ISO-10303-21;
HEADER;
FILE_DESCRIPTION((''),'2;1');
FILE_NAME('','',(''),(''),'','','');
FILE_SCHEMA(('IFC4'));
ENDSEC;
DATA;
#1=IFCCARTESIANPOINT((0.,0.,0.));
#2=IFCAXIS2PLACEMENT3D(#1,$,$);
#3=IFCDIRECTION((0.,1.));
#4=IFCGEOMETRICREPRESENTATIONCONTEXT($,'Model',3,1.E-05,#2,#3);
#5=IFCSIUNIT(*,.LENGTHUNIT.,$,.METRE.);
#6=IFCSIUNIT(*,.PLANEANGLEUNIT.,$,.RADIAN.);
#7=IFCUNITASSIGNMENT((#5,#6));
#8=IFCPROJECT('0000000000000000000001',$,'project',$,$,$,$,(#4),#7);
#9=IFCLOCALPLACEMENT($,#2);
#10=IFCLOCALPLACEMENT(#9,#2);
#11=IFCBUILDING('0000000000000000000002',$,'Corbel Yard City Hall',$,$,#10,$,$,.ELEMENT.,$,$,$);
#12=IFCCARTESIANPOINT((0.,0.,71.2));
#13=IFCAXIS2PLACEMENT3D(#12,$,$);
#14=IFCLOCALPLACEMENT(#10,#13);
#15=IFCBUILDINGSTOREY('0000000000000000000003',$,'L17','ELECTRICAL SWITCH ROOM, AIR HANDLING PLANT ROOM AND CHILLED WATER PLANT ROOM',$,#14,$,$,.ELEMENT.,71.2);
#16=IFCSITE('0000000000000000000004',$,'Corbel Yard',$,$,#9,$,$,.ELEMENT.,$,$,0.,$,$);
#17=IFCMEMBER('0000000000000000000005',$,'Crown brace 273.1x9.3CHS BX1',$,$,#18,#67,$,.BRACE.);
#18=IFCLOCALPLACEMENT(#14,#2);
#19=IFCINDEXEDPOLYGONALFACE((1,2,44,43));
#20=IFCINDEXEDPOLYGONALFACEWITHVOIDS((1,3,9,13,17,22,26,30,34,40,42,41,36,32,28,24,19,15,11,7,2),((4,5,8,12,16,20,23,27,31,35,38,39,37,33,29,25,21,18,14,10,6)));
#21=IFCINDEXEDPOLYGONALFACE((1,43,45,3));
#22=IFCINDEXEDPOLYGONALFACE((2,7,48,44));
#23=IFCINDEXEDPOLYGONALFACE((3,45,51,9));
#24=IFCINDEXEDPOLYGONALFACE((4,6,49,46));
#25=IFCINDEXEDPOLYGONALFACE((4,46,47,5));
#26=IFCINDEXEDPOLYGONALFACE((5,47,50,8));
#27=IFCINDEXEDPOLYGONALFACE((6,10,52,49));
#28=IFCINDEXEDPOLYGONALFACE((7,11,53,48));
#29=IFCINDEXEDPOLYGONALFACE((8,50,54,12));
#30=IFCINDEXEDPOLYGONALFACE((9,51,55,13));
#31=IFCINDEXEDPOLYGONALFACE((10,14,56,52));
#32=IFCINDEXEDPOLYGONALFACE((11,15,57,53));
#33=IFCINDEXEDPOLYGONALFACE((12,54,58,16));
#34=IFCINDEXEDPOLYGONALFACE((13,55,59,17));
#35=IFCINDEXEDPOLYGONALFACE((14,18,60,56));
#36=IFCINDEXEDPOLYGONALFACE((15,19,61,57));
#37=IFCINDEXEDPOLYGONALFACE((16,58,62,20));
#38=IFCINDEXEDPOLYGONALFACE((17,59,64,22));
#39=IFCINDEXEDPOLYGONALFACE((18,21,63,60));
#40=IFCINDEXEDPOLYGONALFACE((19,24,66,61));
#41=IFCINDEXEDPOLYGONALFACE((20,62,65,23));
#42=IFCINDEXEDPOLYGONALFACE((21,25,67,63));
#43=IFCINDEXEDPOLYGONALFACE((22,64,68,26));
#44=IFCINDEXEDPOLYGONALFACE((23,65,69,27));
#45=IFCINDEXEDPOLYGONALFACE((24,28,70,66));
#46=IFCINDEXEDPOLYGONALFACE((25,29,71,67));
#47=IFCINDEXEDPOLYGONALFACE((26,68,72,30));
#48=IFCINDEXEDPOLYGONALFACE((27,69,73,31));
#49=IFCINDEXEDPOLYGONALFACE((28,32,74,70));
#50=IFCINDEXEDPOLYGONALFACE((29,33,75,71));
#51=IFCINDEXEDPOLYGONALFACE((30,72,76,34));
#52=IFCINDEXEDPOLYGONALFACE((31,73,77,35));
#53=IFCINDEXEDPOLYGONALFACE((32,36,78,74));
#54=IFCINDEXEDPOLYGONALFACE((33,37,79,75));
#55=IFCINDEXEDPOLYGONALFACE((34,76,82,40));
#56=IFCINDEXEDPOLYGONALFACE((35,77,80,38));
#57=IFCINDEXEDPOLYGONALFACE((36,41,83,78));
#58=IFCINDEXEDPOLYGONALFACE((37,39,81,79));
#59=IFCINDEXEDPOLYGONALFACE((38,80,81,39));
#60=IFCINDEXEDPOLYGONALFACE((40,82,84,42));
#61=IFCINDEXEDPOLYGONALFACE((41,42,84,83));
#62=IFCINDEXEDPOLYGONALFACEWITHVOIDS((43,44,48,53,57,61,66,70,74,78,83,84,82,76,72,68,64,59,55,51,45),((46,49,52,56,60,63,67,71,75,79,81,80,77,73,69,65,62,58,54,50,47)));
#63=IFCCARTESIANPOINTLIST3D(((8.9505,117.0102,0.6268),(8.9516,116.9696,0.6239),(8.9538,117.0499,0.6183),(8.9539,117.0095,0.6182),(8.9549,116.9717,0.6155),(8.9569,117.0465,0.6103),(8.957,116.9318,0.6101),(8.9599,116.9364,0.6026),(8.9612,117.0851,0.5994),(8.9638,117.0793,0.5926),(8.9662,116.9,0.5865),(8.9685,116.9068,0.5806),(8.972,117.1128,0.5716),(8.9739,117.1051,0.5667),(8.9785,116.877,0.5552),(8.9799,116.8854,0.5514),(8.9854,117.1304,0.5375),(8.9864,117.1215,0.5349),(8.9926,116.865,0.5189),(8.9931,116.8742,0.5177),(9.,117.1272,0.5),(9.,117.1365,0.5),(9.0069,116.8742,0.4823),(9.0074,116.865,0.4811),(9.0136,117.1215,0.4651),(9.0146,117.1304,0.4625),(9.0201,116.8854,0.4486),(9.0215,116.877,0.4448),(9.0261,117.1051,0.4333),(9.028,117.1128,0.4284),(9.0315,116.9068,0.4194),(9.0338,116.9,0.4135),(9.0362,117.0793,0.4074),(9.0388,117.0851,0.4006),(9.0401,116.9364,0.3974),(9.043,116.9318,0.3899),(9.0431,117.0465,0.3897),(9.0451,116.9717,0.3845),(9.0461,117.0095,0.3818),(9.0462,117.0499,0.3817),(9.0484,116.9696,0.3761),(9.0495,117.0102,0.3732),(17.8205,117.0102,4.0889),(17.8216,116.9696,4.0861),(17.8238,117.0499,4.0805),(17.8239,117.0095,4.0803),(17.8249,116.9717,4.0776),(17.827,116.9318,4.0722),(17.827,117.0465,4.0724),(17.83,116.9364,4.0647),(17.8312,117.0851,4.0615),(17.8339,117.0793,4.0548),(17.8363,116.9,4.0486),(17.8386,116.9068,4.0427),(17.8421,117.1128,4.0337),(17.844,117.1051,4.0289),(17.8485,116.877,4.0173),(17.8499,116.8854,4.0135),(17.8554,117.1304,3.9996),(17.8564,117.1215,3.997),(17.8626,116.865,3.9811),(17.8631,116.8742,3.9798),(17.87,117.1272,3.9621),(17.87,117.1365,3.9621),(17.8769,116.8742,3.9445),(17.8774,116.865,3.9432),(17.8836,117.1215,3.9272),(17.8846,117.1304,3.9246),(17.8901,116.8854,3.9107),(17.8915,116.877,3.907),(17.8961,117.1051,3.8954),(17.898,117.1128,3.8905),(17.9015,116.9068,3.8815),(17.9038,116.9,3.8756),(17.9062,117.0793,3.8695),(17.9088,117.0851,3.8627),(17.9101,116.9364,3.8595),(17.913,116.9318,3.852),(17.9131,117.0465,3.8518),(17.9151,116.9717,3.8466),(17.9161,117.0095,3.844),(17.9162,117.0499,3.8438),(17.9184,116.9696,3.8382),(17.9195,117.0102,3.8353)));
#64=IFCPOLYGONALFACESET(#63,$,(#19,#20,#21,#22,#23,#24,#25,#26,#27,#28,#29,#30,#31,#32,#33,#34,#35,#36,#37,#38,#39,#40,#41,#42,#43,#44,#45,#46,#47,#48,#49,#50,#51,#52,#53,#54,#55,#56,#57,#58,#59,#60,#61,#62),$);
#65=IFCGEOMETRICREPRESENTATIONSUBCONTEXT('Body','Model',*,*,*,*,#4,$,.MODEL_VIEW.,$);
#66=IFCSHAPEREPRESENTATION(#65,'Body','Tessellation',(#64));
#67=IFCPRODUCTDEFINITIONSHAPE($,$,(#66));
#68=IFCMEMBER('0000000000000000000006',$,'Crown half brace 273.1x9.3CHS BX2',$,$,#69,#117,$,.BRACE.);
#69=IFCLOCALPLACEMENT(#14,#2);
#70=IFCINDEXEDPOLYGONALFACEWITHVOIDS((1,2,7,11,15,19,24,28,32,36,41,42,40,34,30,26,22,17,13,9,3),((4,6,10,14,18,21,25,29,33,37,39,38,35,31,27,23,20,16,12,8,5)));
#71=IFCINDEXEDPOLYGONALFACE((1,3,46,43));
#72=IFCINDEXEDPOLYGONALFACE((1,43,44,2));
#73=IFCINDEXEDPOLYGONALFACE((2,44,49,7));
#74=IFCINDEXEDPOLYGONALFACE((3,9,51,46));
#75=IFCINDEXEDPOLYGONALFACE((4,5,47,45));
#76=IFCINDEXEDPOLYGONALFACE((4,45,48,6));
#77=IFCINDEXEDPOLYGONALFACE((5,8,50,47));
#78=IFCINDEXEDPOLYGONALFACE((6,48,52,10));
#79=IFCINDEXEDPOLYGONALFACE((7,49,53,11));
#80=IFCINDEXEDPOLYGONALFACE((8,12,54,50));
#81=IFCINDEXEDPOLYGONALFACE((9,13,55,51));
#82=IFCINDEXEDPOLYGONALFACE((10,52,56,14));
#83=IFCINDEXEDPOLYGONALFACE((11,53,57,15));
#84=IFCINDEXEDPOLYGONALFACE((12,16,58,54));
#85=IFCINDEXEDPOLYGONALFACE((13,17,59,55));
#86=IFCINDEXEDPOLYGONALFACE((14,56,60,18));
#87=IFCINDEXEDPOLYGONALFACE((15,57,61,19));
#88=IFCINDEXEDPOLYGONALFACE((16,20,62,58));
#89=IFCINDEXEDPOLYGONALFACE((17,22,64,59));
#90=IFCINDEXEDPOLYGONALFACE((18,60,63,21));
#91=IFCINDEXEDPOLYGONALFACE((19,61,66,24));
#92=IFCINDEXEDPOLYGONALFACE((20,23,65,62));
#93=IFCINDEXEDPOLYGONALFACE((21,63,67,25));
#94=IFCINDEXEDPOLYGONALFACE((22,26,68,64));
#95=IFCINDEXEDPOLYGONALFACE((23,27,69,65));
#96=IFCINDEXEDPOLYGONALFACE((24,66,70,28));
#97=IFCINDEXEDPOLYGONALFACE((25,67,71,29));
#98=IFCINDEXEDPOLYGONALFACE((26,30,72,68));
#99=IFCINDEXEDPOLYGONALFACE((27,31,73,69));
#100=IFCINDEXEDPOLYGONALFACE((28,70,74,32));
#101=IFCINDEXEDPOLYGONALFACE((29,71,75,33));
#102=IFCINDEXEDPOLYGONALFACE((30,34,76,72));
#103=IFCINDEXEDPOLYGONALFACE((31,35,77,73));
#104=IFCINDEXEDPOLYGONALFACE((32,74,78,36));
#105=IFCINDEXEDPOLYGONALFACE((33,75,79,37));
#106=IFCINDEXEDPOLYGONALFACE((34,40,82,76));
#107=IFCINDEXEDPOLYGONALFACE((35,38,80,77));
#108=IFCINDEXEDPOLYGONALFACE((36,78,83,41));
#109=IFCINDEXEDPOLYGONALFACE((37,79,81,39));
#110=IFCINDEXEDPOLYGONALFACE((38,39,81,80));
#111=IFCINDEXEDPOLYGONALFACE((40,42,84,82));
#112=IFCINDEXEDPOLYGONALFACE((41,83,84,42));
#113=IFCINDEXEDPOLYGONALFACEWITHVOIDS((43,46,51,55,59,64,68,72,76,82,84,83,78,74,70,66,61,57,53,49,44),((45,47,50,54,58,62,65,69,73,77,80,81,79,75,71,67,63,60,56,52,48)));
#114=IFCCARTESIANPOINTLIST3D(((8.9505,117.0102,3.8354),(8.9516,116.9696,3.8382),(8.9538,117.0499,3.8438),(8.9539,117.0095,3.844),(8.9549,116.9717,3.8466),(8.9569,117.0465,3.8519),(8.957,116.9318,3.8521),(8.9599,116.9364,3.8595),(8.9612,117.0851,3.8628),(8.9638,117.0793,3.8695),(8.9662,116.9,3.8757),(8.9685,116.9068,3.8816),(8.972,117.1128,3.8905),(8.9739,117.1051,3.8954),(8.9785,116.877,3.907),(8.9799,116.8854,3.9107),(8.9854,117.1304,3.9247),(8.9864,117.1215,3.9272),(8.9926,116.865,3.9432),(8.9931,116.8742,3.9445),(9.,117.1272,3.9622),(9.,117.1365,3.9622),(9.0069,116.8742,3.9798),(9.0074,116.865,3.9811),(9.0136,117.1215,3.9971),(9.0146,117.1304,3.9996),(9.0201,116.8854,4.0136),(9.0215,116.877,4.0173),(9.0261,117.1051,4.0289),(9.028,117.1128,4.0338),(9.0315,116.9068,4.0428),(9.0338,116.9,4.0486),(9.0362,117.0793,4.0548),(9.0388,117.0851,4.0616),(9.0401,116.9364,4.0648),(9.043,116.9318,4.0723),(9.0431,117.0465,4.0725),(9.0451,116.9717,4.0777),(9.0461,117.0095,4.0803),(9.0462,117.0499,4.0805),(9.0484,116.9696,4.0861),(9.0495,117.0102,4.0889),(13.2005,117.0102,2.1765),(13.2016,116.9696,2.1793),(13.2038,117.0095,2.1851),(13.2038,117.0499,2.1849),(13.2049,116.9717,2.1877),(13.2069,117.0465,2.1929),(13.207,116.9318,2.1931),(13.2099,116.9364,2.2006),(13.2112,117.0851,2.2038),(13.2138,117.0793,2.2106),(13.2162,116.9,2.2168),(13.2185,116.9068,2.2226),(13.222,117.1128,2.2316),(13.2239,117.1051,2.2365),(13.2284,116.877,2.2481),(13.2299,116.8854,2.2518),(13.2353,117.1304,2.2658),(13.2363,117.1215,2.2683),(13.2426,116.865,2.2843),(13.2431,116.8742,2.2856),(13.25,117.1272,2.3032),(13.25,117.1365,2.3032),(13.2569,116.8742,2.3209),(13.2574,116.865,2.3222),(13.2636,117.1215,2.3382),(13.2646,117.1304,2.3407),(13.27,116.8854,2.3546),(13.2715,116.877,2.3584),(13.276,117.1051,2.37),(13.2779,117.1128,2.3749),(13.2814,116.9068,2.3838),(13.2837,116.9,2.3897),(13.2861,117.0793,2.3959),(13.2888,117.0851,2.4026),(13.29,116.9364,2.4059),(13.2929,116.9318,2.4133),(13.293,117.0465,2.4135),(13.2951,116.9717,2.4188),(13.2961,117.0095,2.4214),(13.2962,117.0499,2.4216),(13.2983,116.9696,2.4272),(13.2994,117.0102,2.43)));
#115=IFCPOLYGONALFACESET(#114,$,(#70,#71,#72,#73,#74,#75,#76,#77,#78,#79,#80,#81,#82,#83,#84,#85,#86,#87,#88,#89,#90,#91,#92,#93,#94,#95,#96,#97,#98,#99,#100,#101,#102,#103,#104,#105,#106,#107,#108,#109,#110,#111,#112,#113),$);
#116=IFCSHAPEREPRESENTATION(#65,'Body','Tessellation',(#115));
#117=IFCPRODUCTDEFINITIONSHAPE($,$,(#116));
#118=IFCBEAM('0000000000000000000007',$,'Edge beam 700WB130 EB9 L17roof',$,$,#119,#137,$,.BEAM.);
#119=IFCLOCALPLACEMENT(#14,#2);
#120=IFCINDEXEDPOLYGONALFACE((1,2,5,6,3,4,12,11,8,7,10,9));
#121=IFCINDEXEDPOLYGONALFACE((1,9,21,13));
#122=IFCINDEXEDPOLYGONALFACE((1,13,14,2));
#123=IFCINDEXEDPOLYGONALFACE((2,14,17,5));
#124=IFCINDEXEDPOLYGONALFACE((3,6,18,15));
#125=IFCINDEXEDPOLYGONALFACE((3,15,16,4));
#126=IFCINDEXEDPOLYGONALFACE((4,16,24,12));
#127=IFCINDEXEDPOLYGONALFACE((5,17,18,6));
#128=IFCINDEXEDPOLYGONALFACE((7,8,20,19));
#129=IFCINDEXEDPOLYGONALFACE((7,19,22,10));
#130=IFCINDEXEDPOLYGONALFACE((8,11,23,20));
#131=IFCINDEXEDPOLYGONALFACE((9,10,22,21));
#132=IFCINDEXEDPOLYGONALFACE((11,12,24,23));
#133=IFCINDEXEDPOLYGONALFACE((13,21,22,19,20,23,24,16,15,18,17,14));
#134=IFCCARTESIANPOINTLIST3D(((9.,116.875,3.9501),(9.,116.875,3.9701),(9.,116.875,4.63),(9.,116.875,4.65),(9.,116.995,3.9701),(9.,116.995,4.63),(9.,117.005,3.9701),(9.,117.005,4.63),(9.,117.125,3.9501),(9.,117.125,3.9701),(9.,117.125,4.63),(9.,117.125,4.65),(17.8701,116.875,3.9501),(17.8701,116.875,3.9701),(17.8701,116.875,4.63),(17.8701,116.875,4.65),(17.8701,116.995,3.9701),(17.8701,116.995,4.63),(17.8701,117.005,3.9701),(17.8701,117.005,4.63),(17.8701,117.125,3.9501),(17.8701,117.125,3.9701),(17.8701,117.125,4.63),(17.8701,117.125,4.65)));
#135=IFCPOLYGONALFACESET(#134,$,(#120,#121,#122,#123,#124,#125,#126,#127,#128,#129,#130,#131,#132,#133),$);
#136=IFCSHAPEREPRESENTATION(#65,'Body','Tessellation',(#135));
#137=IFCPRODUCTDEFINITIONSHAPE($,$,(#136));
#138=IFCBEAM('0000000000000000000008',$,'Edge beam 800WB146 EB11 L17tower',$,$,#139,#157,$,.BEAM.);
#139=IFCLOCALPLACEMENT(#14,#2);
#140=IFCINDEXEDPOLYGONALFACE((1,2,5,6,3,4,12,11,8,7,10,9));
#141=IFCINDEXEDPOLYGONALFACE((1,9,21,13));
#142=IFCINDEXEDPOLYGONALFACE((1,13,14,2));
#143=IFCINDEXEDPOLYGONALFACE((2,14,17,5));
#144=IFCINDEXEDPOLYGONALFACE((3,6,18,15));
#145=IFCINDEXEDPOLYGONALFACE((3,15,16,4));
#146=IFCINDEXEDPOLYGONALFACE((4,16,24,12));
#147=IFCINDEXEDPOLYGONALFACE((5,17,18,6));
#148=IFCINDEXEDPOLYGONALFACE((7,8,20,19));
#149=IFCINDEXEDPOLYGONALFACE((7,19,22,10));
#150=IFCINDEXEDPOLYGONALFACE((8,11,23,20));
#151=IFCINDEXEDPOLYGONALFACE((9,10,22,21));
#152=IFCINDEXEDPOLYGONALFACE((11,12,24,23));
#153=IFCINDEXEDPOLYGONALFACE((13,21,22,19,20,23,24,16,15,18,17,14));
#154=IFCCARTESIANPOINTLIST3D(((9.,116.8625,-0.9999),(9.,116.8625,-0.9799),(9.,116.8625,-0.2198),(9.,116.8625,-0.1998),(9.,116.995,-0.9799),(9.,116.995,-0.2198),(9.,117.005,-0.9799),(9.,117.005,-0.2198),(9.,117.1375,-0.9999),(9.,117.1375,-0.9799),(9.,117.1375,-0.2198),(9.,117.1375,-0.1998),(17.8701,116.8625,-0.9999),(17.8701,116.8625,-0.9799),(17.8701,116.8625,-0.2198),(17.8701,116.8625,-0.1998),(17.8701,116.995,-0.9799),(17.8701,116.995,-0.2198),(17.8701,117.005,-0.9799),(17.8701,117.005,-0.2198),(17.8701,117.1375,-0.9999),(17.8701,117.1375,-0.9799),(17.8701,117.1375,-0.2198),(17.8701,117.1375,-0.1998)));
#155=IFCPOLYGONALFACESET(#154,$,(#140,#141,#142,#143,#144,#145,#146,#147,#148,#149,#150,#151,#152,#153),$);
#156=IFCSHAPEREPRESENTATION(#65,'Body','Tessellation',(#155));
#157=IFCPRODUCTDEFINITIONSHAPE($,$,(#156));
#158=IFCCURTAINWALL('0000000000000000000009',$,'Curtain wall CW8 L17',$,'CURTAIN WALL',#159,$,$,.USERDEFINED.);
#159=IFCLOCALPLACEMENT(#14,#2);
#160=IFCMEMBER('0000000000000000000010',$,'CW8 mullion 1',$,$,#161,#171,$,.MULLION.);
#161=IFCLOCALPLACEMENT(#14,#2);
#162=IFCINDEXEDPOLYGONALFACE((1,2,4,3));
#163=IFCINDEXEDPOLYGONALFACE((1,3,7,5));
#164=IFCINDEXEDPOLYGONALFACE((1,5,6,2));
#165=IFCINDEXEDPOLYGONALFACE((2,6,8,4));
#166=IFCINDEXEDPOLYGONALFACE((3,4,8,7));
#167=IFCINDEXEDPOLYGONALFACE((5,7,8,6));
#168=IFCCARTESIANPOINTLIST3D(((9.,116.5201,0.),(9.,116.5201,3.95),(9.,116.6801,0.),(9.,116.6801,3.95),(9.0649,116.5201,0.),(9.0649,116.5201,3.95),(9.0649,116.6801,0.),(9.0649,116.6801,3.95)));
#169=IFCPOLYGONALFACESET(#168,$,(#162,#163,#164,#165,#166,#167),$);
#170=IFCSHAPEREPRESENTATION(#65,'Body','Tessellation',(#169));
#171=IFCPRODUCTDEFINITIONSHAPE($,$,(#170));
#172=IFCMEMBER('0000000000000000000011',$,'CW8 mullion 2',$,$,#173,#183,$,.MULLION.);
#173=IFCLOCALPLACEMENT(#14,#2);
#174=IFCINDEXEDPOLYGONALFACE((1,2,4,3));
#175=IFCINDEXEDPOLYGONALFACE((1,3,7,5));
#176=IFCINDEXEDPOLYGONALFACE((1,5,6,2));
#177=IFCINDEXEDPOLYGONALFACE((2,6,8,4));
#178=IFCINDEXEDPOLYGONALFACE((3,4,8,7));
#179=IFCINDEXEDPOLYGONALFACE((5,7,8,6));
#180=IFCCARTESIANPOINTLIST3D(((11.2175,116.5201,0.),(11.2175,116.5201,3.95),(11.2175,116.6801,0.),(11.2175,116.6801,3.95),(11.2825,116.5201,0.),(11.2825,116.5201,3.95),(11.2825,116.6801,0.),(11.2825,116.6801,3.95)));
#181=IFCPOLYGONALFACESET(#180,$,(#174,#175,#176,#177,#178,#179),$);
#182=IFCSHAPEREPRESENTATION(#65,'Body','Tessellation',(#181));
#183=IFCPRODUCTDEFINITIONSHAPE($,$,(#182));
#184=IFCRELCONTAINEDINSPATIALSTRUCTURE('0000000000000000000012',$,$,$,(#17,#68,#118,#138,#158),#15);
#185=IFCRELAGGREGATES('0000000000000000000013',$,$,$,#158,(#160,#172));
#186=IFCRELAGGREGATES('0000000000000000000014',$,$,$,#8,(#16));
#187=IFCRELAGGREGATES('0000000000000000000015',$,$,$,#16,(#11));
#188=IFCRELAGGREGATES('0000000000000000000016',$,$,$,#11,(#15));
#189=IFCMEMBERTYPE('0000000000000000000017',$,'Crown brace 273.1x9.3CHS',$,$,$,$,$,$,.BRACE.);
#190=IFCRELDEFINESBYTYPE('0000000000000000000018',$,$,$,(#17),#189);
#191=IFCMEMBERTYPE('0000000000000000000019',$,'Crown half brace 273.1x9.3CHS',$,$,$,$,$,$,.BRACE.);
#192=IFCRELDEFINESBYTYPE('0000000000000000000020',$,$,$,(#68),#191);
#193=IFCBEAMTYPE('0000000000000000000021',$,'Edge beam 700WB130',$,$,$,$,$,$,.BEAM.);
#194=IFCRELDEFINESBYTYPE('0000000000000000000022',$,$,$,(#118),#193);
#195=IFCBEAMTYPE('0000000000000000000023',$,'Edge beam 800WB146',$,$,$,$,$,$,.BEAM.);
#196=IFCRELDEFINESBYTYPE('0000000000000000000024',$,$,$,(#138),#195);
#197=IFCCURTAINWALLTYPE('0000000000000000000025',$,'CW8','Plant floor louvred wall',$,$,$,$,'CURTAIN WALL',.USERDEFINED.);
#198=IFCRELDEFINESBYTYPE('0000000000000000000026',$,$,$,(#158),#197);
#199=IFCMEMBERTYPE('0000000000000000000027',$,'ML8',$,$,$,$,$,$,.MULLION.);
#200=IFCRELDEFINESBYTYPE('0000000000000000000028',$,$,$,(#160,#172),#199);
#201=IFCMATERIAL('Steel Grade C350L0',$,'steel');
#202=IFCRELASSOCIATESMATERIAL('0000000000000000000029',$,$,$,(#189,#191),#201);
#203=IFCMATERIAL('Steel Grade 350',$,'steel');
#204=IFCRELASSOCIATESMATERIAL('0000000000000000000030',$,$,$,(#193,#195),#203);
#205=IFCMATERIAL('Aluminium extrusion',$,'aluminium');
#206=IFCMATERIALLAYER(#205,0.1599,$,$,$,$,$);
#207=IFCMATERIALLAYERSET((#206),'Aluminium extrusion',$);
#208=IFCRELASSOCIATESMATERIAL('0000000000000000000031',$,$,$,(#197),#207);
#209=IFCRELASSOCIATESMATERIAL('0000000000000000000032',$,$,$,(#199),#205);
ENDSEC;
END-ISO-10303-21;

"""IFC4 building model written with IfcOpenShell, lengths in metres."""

from ifc_helpers import new_model, si_unit, direction, frame, origin, origin_2d, place, context, subcontext, project, spatial, rectangle, hollow_circle, i_section, extrude, material, layer, layer_set, material_profile, profile_set, type_object, element, aggregate, save


model = new_model("IFC4")

# Units and contexts
model_context = context("Model", 3, precision=1e-05, world=origin(), true_north=direction((0.0, 1.0)))
body_context = subcontext(model_context, "Body", "Model", "MODEL_VIEW")
ifc_project = project(units=[si_unit("LENGTHUNIT", "METRE"), si_unit("PLANEANGLEUNIT", "RADIAN")], contexts=[model_context])

# Site, building, storey
site_placement = place(None, origin())
site = spatial("IfcSite", under=ifc_project, at=site_placement, Name="Corbel Yard", CompositionType="ELEMENT", RefElevation=0.0)
building_placement = place(site_placement, origin())
building = spatial("IfcBuilding", under=site, at=building_placement, Name="Corbel Yard City Hall", CompositionType="ELEMENT")
storey_placement = place(building_placement, frame((0.0, 0.0, 71.2)))
storey = spatial("IfcBuildingStorey", under=building, at=storey_placement, Name="L17", Description="ELECTRICAL SWITCH ROOM, AIR HANDLING PLANT ROOM AND CHILLED WATER PLANT ROOM", CompositionType="ELEMENT", Elevation=71.2)

# Members
ifc_material_1 = material(Name="Steel Grade C350L0", Category="steel")
ifc_material_profile_1 = material_profile(ifc_material_1, hollow_circle(Radius=0.1365, WallThickness=0.0093, at=origin_2d()), Name="273.1x9.3CHS")
ifc_profile_set_1 = profile_set([ifc_material_profile_1], Name="Steel Grade C350L0")
member_type_1 = type_object("IfcMemberType", Name="Crown brace 273.1x9.3CHS", PredefinedType="BRACE", material=ifc_profile_set_1)
member_1_placement = place(storey_placement, frame((9.0, 117.0, 0.5), z_axis=(0.931555, 0.0, 0.363602), x_axis=(0.0, 1.0, 0.0)))
element("IfcMember", 1, at=member_1_placement, inside=storey, type_object=member_type_1, Name="Crown brace 273.1x9.3CHS BX1", PredefinedType="BRACE", context=body_context, shape_type="SweptSolid", body=[
    extrude(hollow_circle(Radius=0.1365, WallThickness=0.0093, at=origin_2d()), origin(), (0.0, 0.0, 1.0), 9.5217),
])
ifc_material_profile_2 = material_profile(ifc_material_1, hollow_circle(Radius=0.1365, WallThickness=0.0093, at=origin_2d()), Name="273.1x9.3CHS")
ifc_profile_set_2 = profile_set([ifc_material_profile_2], Name="Steel Grade C350L0")
member_type_2 = type_object("IfcMemberType", Name="Crown half brace 273.1x9.3CHS", PredefinedType="BRACE", material=ifc_profile_set_2)
member_2_placement = place(storey_placement, frame((9.0, 117.0, 3.9622), z_axis=(0.931548, 0.0, -0.363618), x_axis=(0.0, 1.0, 0.0)))
element("IfcMember", 2, at=member_2_placement, inside=storey, type_object=member_type_2, Name="Crown half brace 273.1x9.3CHS BX2", PredefinedType="BRACE", context=body_context, shape_type="SweptSolid", body=[
    extrude(hollow_circle(Radius=0.1365, WallThickness=0.0093, at=origin_2d()), origin(), (0.0, 0.0, 1.0), 4.5623),
])

# Beams
ifc_material_2 = material(Name="Steel Grade 350", Category="steel")
ifc_material_profile_3 = material_profile(ifc_material_2, i_section(OverallWidth=0.25, OverallDepth=0.7, WebThickness=0.01, FlangeThickness=0.02, at=origin_2d()), Name="700WB130")
ifc_profile_set_3 = profile_set([ifc_material_profile_3], Name="Steel Grade 350")
beam_type_1 = type_object("IfcBeamType", Name="Edge beam 700WB130", PredefinedType="BEAM", material=ifc_profile_set_3)
beam_1_placement = place(storey_placement, frame((9.0, 117.0, 4.3), z_axis=(1.0, 0.0, 0.0), x_axis=(0.0, 1.0, 0.0)))
element("IfcBeam", 3, at=beam_1_placement, inside=storey, type_object=beam_type_1, Name="Edge beam 700WB130 EB9 L17roof", PredefinedType="BEAM", context=body_context, shape_type="SweptSolid", body=[
    extrude(i_section(OverallWidth=0.25, OverallDepth=0.7, WebThickness=0.01, FlangeThickness=0.02, at=origin_2d()), origin(), (0.0, 0.0, 1.0), 8.8701),
])
ifc_material_profile_4 = material_profile(ifc_material_2, i_section(OverallWidth=0.2749, OverallDepth=0.8, WebThickness=0.01, FlangeThickness=0.02, at=origin_2d()), Name="800WB146")
ifc_profile_set_4 = profile_set([ifc_material_profile_4], Name="Steel Grade 350")
beam_type_2 = type_object("IfcBeamType", Name="Edge beam 800WB146", PredefinedType="BEAM", material=ifc_profile_set_4)
beam_2_placement = place(storey_placement, frame((9.0, 117.0, -0.5999), z_axis=(1.0, 0.0, 0.0), x_axis=(0.0, 1.0, 0.0)))
element("IfcBeam", 4, at=beam_2_placement, inside=storey, type_object=beam_type_2, Name="Edge beam 800WB146 EB11 L17tower", PredefinedType="BEAM", context=body_context, shape_type="SweptSolid", body=[
    extrude(i_section(OverallWidth=0.2749, OverallDepth=0.8, WebThickness=0.01, FlangeThickness=0.02, at=origin_2d()), origin(), (0.0, 0.0, 1.0), 8.8701),
])

# Curtain wall, members
ifc_material_3 = material(Name="Aluminium extrusion", Category="aluminium")
ifc_layer_1 = layer(ifc_material_3, 0.1599)
ifc_layer_set_1 = layer_set([ifc_layer_1], Name="Aluminium extrusion")
curtain_wall_type = type_object("IfcCurtainWallType", Name="CW8", Description="Plant floor louvred wall", ElementType="CURTAIN WALL", PredefinedType="USERDEFINED", material=ifc_layer_set_1)
curtain_wall_1_placement = place(storey_placement, origin())
curtain_wall_1 = element("IfcCurtainWall", 5, at=curtain_wall_1_placement, inside=storey, type_object=curtain_wall_type, Name="Curtain wall CW8 L17", ObjectType="CURTAIN WALL", PredefinedType="USERDEFINED")
ifc_material_profile_5 = material_profile(ifc_material_3, rectangle(XDim=0.1599, YDim=0.0649, at=origin_2d()), Name="160x65")
ifc_profile_set_5 = profile_set([ifc_material_profile_5], Name="Aluminium extrusion")
member_type_3 = type_object("IfcMemberType", Name="ML8", PredefinedType="MULLION", material=ifc_profile_set_5)
member_3_placement = place(storey_placement, frame((9.0325, 116.6001, 0.0), z_axis=(0.0, 0.0, 1.0), x_axis=(0.0, 1.0, 0.0)))
member_3 = element("IfcMember", 6, at=member_3_placement, type_object=member_type_3, Name="CW8 mullion 1", PredefinedType="MULLION", context=body_context, shape_type="SweptSolid", body=[
    extrude(rectangle(XDim=0.1599, YDim=0.0649, at=origin_2d()), origin(), (0.0, 0.0, 1.0), 3.95),
])
member_4_placement = place(storey_placement, frame((11.25, 116.6001, 0.0), z_axis=(0.0, 0.0, 1.0), x_axis=(0.0, 1.0, 0.0)))
member_4 = element("IfcMember", 7, at=member_4_placement, type_object=member_type_3, Name="CW8 mullion 2", PredefinedType="MULLION", context=body_context, shape_type="SweptSolid", body=[
    extrude(rectangle(XDim=0.1599, YDim=0.0649, at=origin_2d()), origin(), (0.0, 0.0, 1.0), 3.95),
])

aggregate(curtain_wall_1, [member_3, member_4])

save(model, "model.ifc")
